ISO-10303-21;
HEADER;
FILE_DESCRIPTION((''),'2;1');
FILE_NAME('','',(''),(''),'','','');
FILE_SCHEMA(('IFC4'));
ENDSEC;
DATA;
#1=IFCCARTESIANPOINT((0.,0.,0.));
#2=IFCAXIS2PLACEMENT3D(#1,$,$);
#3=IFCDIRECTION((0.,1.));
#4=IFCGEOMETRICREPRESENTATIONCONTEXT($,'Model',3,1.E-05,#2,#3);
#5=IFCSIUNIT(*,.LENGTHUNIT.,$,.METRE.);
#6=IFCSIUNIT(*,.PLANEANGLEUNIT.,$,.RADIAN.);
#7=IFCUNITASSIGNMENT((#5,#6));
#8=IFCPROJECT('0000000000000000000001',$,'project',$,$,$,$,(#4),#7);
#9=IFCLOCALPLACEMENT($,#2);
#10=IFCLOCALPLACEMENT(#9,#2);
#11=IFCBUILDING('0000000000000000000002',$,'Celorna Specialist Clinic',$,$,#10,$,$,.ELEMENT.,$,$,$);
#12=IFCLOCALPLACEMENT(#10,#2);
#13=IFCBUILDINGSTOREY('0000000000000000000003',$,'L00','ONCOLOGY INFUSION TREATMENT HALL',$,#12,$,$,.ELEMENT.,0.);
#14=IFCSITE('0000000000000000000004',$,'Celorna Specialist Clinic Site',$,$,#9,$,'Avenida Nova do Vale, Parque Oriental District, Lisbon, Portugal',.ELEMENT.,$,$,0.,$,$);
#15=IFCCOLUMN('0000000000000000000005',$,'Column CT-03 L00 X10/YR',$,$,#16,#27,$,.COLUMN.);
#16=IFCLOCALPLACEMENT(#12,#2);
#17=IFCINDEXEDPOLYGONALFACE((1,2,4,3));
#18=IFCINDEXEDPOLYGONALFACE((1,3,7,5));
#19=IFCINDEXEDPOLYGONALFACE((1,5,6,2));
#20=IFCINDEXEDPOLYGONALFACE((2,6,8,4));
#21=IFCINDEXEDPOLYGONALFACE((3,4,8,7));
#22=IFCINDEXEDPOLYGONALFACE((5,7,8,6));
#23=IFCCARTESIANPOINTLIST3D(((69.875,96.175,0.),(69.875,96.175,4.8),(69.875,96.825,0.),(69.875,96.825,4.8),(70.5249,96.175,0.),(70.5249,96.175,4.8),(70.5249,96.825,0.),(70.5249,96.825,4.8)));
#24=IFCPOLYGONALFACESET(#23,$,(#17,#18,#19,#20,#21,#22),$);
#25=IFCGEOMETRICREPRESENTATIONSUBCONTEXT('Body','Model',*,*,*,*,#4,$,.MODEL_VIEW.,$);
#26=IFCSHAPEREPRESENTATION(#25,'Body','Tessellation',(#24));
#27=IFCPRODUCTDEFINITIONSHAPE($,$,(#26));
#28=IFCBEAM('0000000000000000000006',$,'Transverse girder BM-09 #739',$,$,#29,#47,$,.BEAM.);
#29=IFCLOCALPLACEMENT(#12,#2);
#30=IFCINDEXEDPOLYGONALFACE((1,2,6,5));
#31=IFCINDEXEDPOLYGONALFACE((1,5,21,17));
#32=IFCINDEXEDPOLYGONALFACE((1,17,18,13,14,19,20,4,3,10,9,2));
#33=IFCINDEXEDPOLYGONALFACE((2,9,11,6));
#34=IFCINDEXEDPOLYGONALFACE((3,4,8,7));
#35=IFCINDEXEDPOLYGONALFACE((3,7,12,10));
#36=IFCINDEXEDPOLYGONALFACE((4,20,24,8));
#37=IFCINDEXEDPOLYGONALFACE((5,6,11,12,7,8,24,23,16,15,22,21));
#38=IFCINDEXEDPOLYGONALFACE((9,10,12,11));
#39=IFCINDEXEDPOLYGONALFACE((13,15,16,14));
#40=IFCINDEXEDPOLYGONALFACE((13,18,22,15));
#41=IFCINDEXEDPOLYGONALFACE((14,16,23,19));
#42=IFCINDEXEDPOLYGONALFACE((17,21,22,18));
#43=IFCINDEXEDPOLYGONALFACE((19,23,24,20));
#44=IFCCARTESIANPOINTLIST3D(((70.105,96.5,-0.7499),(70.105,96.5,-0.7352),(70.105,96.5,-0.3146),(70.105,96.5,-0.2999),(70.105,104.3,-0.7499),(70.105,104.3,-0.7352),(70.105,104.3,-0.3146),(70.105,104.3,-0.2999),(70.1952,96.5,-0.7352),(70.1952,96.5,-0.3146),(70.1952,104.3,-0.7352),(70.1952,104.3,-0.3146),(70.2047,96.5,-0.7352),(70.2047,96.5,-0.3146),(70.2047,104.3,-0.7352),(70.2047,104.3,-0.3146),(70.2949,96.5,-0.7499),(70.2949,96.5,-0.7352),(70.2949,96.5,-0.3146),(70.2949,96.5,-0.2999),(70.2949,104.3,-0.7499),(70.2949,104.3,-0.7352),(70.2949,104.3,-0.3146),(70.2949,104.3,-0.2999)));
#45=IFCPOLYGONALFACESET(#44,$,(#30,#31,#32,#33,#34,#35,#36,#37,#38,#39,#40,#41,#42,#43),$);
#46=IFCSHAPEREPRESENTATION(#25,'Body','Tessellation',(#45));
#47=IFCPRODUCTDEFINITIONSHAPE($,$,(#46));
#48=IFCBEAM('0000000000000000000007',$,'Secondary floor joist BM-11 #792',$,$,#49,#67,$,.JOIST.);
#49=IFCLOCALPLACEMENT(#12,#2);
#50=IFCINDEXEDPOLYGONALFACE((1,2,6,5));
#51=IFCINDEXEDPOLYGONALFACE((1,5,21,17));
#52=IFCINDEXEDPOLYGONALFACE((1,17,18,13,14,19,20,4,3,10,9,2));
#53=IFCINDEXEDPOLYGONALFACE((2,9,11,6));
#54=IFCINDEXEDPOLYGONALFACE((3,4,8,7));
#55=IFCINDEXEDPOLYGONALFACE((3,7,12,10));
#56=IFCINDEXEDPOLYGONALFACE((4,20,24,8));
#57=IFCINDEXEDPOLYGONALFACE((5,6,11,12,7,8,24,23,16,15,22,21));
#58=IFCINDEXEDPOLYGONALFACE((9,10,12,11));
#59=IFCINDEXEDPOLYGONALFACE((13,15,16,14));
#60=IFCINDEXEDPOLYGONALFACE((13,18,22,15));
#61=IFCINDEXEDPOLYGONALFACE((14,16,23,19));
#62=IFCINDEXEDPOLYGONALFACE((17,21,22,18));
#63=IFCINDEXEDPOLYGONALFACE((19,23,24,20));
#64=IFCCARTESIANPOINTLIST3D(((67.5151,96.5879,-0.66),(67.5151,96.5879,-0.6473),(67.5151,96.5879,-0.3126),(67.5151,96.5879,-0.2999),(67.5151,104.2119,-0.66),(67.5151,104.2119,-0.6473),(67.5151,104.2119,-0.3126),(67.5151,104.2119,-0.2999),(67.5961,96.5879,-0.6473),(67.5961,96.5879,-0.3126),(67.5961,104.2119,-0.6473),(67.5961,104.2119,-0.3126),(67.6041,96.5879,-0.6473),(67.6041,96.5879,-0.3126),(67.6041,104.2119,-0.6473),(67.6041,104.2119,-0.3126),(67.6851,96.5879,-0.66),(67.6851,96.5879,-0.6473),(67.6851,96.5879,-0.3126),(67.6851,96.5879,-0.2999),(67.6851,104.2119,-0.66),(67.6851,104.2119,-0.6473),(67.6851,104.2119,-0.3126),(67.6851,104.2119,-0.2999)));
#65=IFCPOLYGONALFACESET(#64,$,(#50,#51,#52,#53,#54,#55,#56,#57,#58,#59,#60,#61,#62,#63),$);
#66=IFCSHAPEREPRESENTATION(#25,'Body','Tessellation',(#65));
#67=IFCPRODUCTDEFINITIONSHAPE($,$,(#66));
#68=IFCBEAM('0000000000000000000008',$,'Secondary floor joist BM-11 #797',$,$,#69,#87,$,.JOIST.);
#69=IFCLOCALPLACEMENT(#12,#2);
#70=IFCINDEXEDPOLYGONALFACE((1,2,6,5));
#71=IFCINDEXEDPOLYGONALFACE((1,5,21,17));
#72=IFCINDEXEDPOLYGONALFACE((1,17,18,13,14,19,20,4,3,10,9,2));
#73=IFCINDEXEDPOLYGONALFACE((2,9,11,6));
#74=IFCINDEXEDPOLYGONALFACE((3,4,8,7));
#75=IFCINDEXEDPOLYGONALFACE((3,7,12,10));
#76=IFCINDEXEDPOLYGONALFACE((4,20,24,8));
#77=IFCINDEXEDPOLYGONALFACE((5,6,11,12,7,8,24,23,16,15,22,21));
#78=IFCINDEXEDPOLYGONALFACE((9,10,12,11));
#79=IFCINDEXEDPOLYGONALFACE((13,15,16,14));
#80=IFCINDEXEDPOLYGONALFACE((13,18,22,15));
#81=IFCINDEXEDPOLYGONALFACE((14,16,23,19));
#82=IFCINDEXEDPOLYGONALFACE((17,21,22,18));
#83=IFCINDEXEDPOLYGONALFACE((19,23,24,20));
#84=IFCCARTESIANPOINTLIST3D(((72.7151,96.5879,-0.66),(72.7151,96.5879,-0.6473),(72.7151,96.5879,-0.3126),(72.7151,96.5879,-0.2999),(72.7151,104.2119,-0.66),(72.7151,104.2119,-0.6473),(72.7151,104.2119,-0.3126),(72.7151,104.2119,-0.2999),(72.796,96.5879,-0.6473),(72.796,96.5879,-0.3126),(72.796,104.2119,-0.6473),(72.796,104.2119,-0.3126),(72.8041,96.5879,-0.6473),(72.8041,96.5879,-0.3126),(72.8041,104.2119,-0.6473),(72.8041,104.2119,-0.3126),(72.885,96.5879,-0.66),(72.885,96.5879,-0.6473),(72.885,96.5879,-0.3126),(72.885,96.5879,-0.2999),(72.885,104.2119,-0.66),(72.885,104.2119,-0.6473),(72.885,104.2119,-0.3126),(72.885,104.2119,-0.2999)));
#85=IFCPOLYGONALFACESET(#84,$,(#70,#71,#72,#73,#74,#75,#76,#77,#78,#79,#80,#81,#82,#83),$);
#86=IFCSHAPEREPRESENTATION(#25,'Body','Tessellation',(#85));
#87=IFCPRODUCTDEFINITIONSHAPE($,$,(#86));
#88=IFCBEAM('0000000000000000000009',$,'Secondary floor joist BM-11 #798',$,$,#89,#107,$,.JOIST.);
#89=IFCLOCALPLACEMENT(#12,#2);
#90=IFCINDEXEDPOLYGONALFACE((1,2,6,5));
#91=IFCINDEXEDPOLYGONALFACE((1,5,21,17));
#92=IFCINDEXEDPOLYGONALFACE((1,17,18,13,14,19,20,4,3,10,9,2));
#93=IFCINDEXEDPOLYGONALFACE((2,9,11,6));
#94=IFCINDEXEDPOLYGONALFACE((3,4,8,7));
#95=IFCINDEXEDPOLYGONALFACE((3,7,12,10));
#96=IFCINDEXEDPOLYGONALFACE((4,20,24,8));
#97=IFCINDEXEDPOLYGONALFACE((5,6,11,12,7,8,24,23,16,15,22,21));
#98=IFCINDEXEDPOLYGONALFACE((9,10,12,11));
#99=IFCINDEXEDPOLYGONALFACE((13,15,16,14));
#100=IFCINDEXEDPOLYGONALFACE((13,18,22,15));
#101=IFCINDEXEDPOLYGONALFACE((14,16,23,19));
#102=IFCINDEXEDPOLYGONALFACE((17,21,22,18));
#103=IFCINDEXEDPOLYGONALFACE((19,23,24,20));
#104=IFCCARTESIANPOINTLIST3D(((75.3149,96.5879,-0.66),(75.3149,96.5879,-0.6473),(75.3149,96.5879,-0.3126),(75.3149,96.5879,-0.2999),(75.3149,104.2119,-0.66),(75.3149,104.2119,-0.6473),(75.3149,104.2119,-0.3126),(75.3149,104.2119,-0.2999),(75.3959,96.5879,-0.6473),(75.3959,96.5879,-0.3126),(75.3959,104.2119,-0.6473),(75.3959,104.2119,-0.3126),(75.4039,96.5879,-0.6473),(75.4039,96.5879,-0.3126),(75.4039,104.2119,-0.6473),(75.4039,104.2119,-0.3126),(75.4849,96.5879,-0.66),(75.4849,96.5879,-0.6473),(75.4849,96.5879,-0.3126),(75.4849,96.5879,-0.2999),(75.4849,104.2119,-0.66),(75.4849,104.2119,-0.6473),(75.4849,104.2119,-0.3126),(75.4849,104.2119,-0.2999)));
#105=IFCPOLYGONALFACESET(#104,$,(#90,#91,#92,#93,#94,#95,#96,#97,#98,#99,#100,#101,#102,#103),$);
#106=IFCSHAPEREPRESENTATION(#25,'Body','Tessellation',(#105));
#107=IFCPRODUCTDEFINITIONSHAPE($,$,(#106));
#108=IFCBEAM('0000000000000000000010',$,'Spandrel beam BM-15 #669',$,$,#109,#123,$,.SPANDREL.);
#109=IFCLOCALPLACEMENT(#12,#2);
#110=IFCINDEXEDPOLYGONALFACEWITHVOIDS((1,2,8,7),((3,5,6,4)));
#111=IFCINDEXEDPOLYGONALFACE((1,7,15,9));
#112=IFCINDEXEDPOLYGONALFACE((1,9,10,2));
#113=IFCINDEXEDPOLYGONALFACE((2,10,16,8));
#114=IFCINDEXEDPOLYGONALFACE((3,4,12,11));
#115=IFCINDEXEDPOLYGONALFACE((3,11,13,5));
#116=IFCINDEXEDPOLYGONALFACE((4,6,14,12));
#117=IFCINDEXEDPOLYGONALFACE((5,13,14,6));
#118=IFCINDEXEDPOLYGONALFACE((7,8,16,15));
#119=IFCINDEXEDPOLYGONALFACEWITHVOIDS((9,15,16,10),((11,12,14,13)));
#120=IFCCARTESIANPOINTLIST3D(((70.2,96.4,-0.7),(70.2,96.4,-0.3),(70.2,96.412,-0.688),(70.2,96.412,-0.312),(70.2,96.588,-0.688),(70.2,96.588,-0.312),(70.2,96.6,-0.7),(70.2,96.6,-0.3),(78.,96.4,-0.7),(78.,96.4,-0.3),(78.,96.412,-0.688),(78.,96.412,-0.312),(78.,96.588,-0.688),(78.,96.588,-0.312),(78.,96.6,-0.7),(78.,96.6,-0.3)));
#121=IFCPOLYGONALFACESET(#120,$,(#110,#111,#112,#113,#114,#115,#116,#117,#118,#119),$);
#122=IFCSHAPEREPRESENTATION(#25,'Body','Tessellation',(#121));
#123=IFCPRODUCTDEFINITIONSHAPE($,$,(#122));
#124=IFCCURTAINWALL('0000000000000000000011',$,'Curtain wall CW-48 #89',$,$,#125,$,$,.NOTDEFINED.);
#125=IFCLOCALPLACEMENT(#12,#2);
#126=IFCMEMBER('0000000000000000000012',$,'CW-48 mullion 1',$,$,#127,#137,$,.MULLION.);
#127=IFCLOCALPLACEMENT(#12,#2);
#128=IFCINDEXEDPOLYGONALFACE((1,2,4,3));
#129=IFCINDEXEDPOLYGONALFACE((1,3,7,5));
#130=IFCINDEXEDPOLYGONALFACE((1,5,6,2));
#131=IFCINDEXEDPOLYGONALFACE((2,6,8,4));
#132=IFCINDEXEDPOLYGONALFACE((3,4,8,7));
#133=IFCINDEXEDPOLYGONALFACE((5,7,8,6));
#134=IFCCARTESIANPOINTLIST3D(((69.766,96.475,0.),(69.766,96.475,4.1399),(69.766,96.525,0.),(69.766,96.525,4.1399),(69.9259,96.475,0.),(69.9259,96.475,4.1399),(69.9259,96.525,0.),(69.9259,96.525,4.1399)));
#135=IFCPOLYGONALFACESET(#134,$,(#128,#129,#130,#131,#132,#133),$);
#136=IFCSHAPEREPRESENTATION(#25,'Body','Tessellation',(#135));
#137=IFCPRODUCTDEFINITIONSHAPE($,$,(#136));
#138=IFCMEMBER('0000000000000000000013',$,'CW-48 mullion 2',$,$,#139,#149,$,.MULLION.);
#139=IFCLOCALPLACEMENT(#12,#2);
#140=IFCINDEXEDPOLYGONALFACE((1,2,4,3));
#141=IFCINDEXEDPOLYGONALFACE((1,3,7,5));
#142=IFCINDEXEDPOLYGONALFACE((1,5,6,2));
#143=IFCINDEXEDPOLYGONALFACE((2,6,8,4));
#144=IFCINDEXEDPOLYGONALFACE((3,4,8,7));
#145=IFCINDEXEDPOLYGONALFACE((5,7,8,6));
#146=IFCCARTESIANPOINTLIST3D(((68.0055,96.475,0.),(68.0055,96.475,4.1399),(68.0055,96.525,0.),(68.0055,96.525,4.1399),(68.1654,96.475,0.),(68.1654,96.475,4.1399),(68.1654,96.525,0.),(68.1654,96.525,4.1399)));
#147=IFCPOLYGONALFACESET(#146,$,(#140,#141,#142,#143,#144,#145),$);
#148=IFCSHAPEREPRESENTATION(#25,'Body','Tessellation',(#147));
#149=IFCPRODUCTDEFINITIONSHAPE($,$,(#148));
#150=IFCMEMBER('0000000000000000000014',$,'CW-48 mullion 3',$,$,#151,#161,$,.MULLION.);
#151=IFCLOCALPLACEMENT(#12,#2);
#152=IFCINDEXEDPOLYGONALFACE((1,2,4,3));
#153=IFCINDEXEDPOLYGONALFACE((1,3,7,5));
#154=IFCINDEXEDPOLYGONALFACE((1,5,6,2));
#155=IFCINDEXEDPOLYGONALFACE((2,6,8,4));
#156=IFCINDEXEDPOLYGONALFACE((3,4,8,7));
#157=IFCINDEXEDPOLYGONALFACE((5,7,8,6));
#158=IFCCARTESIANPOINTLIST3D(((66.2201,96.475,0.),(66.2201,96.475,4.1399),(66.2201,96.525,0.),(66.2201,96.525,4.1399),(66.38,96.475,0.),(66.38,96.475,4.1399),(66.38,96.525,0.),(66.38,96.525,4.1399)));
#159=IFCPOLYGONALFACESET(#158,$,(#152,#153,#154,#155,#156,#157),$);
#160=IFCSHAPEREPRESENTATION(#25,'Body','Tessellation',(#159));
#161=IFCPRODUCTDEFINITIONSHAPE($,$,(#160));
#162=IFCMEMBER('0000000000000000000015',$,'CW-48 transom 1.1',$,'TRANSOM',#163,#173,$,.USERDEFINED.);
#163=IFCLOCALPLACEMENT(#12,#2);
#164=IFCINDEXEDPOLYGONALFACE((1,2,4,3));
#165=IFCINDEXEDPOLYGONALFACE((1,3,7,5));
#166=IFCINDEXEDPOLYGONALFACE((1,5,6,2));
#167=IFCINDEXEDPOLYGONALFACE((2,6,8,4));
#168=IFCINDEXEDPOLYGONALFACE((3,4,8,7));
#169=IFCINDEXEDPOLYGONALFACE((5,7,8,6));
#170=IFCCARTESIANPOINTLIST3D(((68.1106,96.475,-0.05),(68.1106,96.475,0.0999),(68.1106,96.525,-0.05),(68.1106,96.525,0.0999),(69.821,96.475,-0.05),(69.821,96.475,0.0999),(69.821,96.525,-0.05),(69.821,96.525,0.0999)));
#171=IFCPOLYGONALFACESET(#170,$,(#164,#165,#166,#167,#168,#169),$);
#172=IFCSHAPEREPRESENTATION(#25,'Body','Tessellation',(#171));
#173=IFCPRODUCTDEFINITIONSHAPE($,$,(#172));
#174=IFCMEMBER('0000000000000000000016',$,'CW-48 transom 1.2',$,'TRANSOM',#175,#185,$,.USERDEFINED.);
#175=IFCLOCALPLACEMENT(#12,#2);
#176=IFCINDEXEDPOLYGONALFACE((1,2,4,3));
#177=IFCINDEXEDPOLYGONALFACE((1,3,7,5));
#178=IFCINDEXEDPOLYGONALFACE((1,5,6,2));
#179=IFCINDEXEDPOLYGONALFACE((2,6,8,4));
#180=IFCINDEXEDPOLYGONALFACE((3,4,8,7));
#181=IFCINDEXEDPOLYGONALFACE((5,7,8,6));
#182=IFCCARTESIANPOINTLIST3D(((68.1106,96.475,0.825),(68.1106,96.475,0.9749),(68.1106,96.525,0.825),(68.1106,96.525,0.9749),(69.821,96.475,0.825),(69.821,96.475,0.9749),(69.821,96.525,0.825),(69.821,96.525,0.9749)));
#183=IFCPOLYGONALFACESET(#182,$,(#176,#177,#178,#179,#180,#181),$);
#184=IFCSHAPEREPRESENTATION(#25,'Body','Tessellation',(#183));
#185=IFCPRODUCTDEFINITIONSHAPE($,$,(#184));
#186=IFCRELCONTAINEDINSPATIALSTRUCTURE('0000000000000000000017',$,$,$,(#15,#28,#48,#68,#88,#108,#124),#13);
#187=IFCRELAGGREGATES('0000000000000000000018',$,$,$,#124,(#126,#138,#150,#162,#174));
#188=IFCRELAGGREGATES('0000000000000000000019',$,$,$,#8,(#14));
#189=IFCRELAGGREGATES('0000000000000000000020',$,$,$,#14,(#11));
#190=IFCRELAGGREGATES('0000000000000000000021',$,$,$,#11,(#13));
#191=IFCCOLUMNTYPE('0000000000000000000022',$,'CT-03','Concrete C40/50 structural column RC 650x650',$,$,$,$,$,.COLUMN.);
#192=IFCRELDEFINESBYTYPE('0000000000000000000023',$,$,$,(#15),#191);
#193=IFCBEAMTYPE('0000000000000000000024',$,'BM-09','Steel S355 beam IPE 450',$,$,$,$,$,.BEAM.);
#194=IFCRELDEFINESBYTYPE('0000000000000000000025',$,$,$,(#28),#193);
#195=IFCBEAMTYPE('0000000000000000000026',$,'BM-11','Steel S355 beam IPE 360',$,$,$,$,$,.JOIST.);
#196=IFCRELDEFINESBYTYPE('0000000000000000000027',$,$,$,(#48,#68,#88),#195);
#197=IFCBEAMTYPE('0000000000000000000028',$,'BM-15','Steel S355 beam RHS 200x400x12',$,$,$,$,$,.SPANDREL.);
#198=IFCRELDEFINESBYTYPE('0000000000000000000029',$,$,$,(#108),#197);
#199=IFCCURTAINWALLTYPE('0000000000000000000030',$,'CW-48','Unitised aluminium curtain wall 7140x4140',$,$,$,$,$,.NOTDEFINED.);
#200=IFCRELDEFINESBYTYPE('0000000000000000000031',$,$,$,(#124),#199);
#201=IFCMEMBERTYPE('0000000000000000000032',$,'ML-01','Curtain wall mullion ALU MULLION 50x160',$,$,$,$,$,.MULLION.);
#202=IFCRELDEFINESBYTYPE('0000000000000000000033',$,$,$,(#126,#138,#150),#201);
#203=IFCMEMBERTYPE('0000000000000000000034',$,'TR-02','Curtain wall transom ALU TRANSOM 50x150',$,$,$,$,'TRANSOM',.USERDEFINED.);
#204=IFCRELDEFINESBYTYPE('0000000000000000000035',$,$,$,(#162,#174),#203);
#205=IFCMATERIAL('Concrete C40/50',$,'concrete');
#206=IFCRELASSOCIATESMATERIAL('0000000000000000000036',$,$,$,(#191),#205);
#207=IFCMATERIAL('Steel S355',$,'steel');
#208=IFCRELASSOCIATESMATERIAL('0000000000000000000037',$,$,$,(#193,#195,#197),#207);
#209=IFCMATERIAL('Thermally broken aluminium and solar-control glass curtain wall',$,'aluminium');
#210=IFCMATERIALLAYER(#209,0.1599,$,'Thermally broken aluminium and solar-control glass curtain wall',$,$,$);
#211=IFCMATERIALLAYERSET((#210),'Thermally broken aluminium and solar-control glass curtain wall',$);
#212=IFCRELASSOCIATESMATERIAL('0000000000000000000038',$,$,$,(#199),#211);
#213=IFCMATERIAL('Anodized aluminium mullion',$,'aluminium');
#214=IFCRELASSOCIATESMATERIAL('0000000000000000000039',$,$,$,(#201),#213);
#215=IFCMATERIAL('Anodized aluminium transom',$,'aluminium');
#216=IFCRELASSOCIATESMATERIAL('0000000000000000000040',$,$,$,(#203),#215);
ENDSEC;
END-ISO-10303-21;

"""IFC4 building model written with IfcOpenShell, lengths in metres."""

from ifc_helpers import new_model, si_unit, direction, frame, origin, origin_2d, place, context, subcontext, project, spatial, rectangle, hollow_rectangle, i_section, extrude, material, layer, layer_set, material_profile, profile_set, type_object, element, aggregate, save


model = new_model("IFC4")

# Units and contexts
model_context = context("Model", 3, precision=1e-05, world=origin(), true_north=direction((0.0, 1.0)))
body_context = subcontext(model_context, "Body", "Model", "MODEL_VIEW")
ifc_project = project(units=[si_unit("LENGTHUNIT", "METRE"), si_unit("PLANEANGLEUNIT", "RADIAN")], contexts=[model_context])

# Site, building, storey
site_placement = place(None, origin())
site = spatial("IfcSite", under=ifc_project, at=site_placement, Name="Celorna Specialist Clinic Site", LongName="Avenida Nova do Vale, Parque Oriental District, Lisbon, Portugal", CompositionType="ELEMENT", RefElevation=0.0)
building_placement = place(site_placement, origin())
building = spatial("IfcBuilding", under=site, at=building_placement, Name="Celorna Specialist Clinic", CompositionType="ELEMENT")
storey_placement = place(building_placement, origin())
storey = spatial("IfcBuildingStorey", under=building, at=storey_placement, Name="L00", Description="ONCOLOGY INFUSION TREATMENT HALL", CompositionType="ELEMENT", Elevation=0.0)

# Column
ifc_material_1 = material(Name="Concrete C40/50", Category="concrete")
ifc_material_profile_1 = material_profile(ifc_material_1, rectangle(XDim=0.6499, YDim=0.6499, at=origin_2d()), Name="RC 650x650")
ifc_profile_set_1 = profile_set([ifc_material_profile_1], Name="Concrete C40/50")
column_type = type_object("IfcColumnType", Name="CT-03", Description="Concrete C40/50 structural column RC 650x650", PredefinedType="COLUMN", material=ifc_profile_set_1)
column_placement = place(storey_placement, frame((70.2, 96.5, 0.0), z_axis=(0.0, 0.0, 1.0), x_axis=(1.0, 0.0, 0.0)))
element("IfcColumn", 1, at=column_placement, inside=storey, type_object=column_type, Name="Column CT-03 L00 X10/YR", PredefinedType="COLUMN", context=body_context, shape_type="SweptSolid", body=[
    extrude(rectangle(XDim=0.6499, YDim=0.6499, at=origin_2d()), origin(), (0.0, 0.0, 1.0), 4.8),
])

# Beams
ifc_material_2 = material(Name="Steel S355", Category="steel")
ifc_material_profile_2 = material_profile(ifc_material_2, i_section(OverallWidth=0.1899, OverallDepth=0.45, WebThickness=0.0095, FlangeThickness=0.0146, at=origin_2d()), Name="IPE 450")
ifc_profile_set_2 = profile_set([ifc_material_profile_2], Name="Steel S355")
beam_type_1 = type_object("IfcBeamType", Name="BM-09", Description="Steel S355 beam IPE 450", PredefinedType="BEAM", material=ifc_profile_set_2)
beam_1_placement = place(storey_placement, frame((70.2, 96.5, -0.5249), z_axis=(0.0, 1.0, 0.0), x_axis=(-1.0, 0.0, 0.0)))
element("IfcBeam", 2, at=beam_1_placement, inside=storey, type_object=beam_type_1, Name="Transverse girder BM-09 #739", PredefinedType="BEAM", context=body_context, shape_type="SweptSolid", body=[
    extrude(i_section(OverallWidth=0.1899, OverallDepth=0.45, WebThickness=0.0095, FlangeThickness=0.0146, at=origin_2d()), origin(), (0.0, 0.0, 1.0), 7.8),
])
ifc_material_profile_3 = material_profile(ifc_material_2, i_section(OverallWidth=0.1699, OverallDepth=0.3601, WebThickness=0.0081, FlangeThickness=0.0127, at=origin_2d()), Name="IPE 360")
ifc_profile_set_3 = profile_set([ifc_material_profile_3], Name="Steel S355")
beam_type_2 = type_object("IfcBeamType", Name="BM-11", Description="Steel S355 beam IPE 360", PredefinedType="JOIST", material=ifc_profile_set_3)
for number, where, z_axis, x_axis, name in (
    (3, (67.6001, 96.5879, -0.48), (0.0, 1.0, 0.0), (-1.0, 0.0, 0.0), "Secondary floor joist BM-11 #792"),
    (4, (72.8, 96.5879, -0.48), (0.0, 1.0, 0.0), (-1.0, 0.0, 0.0), "Secondary floor joist BM-11 #797"),
    (5, (75.3999, 96.5879, -0.48), (0.0, 1.0, 0.0), (-1.0, 0.0, 0.0), "Secondary floor joist BM-11 #798"),
):
    element("IfcBeam", number, at=place(storey_placement, frame(where, z_axis=z_axis, x_axis=x_axis)), inside=storey, type_object=beam_type_2, Name=name, PredefinedType="JOIST", context=body_context, shape_type="SweptSolid", body=[
        extrude(i_section(OverallWidth=0.1699, OverallDepth=0.3601, WebThickness=0.0081, FlangeThickness=0.0127, at=origin_2d()), origin(), (0.0, 0.0, 1.0), 7.624),
    ])
ifc_material_profile_4 = material_profile(ifc_material_2, hollow_rectangle(XDim=0.2, YDim=0.3999, WallThickness=0.012, at=origin_2d()), Name="RHS 200x400x12")
ifc_profile_set_4 = profile_set([ifc_material_profile_4], Name="Steel S355")
beam_type_3 = type_object("IfcBeamType", Name="BM-15", Description="Steel S355 beam RHS 200x400x12", PredefinedType="SPANDREL", material=ifc_profile_set_4)
beam_2_placement = place(storey_placement, frame((70.2, 96.5, -0.5), z_axis=(1.0, 0.0, 0.0), x_axis=(0.0, 1.0, 0.0)))
element("IfcBeam", 6, at=beam_2_placement, inside=storey, type_object=beam_type_3, Name="Spandrel beam BM-15 #669", PredefinedType="SPANDREL", context=body_context, shape_type="SweptSolid", body=[
    extrude(hollow_rectangle(XDim=0.2, YDim=0.3999, WallThickness=0.012, at=origin_2d()), origin(), (0.0, 0.0, 1.0), 7.8),
])

# Curtain wall, members
ifc_material_3 = material(Name="Thermally broken aluminium and solar-control glass curtain wall", Category="aluminium")
ifc_layer_1 = layer(ifc_material_3, 0.1599, Name="Thermally broken aluminium and solar-control glass curtain wall")
ifc_layer_set_1 = layer_set([ifc_layer_1], Name="Thermally broken aluminium and solar-control glass curtain wall")
curtain_wall_type = type_object("IfcCurtainWallType", Name="CW-48", Description="Unitised aluminium curtain wall 7140x4140", PredefinedType="NOTDEFINED", material=ifc_layer_set_1)
curtain_wall_placement = place(storey_placement, origin())
curtain_wall = element("IfcCurtainWall", 7, at=curtain_wall_placement, inside=storey, type_object=curtain_wall_type, Name="Curtain wall CW-48 #89", PredefinedType="NOTDEFINED")
ifc_material_4 = material(Name="Anodized aluminium mullion", Category="aluminium")
ifc_material_profile_5 = material_profile(ifc_material_4, rectangle(XDim=0.05, YDim=0.1599, at=origin_2d()), Name="ALU MULLION 50x160")
ifc_profile_set_5 = profile_set([ifc_material_profile_5], Name="Anodized aluminium mullion")
member_type_1 = type_object("IfcMemberType", Name="ML-01", Description="Curtain wall mullion ALU MULLION 50x160", PredefinedType="MULLION", material=ifc_profile_set_5)
member_1_placement = place(storey_placement, frame((69.8459, 96.5, 0.0), z_axis=(0.0, 0.0, 1.0), x_axis=(0.0, -1.0, 0.0)))
member_1 = element("IfcMember", 8, at=member_1_placement, type_object=member_type_1, Name="CW-48 mullion 1", PredefinedType="MULLION", context=body_context, shape_type="SweptSolid", body=[
    extrude(rectangle(XDim=0.05, YDim=0.1599, at=origin_2d()), origin(), (0.0, 0.0, 1.0), 4.1399),
])
member_2_placement = place(storey_placement, frame((68.0854, 96.5, 0.0), z_axis=(0.0, 0.0, 1.0), x_axis=(0.0, -1.0, 0.0)))
member_2 = element("IfcMember", 9, at=member_2_placement, type_object=member_type_1, Name="CW-48 mullion 2", PredefinedType="MULLION", context=body_context, shape_type="SweptSolid", body=[
    extrude(rectangle(XDim=0.05, YDim=0.1599, at=origin_2d()), origin(), (0.0, 0.0, 1.0), 4.1399),
])
member_3_placement = place(storey_placement, frame((66.3, 96.5, 0.0), z_axis=(0.0, 0.0, 1.0), x_axis=(0.0, -1.0, 0.0)))
member_3 = element("IfcMember", 10, at=member_3_placement, type_object=member_type_1, Name="CW-48 mullion 3", PredefinedType="MULLION", context=body_context, shape_type="SweptSolid", body=[
    extrude(rectangle(XDim=0.05, YDim=0.1599, at=origin_2d()), origin(), (0.0, 0.0, 1.0), 4.1399),
])
ifc_material_5 = material(Name="Anodized aluminium transom", Category="aluminium")
ifc_material_profile_6 = material_profile(ifc_material_5, rectangle(XDim=0.05, YDim=0.1499, at=origin_2d()), Name="ALU TRANSOM 50x150")
ifc_profile_set_6 = profile_set([ifc_material_profile_6], Name="Anodized aluminium transom")
member_type_2 = type_object("IfcMemberType", Name="TR-02", Description="Curtain wall transom ALU TRANSOM 50x150", ElementType="TRANSOM", PredefinedType="USERDEFINED", material=ifc_profile_set_6)
member_4_placement = place(storey_placement, frame((69.821, 96.5, 0.0249), z_axis=(-1.0, 0.0, 0.0), x_axis=(0.0, -1.0, 0.0)))
member_4 = element("IfcMember", 11, at=member_4_placement, type_object=member_type_2, Name="CW-48 transom 1.1", ObjectType="TRANSOM", PredefinedType="USERDEFINED", context=body_context, shape_type="SweptSolid", body=[
    extrude(rectangle(XDim=0.05, YDim=0.1499, at=origin_2d()), origin(), (0.0, 0.0, 1.0), 1.7104),
])
member_5_placement = place(storey_placement, frame((69.821, 96.5, 0.8999), z_axis=(-1.0, 0.0, 0.0), x_axis=(0.0, -1.0, 0.0)))
member_5 = element("IfcMember", 12, at=member_5_placement, type_object=member_type_2, Name="CW-48 transom 1.2", ObjectType="TRANSOM", PredefinedType="USERDEFINED", context=body_context, shape_type="SweptSolid", body=[
    extrude(rectangle(XDim=0.05, YDim=0.1499, at=origin_2d()), origin(), (0.0, 0.0, 1.0), 1.7104),
])
aggregate(curtain_wall, [member_1, member_2, member_3, member_4, member_5])

save(model, "model.ifc")
